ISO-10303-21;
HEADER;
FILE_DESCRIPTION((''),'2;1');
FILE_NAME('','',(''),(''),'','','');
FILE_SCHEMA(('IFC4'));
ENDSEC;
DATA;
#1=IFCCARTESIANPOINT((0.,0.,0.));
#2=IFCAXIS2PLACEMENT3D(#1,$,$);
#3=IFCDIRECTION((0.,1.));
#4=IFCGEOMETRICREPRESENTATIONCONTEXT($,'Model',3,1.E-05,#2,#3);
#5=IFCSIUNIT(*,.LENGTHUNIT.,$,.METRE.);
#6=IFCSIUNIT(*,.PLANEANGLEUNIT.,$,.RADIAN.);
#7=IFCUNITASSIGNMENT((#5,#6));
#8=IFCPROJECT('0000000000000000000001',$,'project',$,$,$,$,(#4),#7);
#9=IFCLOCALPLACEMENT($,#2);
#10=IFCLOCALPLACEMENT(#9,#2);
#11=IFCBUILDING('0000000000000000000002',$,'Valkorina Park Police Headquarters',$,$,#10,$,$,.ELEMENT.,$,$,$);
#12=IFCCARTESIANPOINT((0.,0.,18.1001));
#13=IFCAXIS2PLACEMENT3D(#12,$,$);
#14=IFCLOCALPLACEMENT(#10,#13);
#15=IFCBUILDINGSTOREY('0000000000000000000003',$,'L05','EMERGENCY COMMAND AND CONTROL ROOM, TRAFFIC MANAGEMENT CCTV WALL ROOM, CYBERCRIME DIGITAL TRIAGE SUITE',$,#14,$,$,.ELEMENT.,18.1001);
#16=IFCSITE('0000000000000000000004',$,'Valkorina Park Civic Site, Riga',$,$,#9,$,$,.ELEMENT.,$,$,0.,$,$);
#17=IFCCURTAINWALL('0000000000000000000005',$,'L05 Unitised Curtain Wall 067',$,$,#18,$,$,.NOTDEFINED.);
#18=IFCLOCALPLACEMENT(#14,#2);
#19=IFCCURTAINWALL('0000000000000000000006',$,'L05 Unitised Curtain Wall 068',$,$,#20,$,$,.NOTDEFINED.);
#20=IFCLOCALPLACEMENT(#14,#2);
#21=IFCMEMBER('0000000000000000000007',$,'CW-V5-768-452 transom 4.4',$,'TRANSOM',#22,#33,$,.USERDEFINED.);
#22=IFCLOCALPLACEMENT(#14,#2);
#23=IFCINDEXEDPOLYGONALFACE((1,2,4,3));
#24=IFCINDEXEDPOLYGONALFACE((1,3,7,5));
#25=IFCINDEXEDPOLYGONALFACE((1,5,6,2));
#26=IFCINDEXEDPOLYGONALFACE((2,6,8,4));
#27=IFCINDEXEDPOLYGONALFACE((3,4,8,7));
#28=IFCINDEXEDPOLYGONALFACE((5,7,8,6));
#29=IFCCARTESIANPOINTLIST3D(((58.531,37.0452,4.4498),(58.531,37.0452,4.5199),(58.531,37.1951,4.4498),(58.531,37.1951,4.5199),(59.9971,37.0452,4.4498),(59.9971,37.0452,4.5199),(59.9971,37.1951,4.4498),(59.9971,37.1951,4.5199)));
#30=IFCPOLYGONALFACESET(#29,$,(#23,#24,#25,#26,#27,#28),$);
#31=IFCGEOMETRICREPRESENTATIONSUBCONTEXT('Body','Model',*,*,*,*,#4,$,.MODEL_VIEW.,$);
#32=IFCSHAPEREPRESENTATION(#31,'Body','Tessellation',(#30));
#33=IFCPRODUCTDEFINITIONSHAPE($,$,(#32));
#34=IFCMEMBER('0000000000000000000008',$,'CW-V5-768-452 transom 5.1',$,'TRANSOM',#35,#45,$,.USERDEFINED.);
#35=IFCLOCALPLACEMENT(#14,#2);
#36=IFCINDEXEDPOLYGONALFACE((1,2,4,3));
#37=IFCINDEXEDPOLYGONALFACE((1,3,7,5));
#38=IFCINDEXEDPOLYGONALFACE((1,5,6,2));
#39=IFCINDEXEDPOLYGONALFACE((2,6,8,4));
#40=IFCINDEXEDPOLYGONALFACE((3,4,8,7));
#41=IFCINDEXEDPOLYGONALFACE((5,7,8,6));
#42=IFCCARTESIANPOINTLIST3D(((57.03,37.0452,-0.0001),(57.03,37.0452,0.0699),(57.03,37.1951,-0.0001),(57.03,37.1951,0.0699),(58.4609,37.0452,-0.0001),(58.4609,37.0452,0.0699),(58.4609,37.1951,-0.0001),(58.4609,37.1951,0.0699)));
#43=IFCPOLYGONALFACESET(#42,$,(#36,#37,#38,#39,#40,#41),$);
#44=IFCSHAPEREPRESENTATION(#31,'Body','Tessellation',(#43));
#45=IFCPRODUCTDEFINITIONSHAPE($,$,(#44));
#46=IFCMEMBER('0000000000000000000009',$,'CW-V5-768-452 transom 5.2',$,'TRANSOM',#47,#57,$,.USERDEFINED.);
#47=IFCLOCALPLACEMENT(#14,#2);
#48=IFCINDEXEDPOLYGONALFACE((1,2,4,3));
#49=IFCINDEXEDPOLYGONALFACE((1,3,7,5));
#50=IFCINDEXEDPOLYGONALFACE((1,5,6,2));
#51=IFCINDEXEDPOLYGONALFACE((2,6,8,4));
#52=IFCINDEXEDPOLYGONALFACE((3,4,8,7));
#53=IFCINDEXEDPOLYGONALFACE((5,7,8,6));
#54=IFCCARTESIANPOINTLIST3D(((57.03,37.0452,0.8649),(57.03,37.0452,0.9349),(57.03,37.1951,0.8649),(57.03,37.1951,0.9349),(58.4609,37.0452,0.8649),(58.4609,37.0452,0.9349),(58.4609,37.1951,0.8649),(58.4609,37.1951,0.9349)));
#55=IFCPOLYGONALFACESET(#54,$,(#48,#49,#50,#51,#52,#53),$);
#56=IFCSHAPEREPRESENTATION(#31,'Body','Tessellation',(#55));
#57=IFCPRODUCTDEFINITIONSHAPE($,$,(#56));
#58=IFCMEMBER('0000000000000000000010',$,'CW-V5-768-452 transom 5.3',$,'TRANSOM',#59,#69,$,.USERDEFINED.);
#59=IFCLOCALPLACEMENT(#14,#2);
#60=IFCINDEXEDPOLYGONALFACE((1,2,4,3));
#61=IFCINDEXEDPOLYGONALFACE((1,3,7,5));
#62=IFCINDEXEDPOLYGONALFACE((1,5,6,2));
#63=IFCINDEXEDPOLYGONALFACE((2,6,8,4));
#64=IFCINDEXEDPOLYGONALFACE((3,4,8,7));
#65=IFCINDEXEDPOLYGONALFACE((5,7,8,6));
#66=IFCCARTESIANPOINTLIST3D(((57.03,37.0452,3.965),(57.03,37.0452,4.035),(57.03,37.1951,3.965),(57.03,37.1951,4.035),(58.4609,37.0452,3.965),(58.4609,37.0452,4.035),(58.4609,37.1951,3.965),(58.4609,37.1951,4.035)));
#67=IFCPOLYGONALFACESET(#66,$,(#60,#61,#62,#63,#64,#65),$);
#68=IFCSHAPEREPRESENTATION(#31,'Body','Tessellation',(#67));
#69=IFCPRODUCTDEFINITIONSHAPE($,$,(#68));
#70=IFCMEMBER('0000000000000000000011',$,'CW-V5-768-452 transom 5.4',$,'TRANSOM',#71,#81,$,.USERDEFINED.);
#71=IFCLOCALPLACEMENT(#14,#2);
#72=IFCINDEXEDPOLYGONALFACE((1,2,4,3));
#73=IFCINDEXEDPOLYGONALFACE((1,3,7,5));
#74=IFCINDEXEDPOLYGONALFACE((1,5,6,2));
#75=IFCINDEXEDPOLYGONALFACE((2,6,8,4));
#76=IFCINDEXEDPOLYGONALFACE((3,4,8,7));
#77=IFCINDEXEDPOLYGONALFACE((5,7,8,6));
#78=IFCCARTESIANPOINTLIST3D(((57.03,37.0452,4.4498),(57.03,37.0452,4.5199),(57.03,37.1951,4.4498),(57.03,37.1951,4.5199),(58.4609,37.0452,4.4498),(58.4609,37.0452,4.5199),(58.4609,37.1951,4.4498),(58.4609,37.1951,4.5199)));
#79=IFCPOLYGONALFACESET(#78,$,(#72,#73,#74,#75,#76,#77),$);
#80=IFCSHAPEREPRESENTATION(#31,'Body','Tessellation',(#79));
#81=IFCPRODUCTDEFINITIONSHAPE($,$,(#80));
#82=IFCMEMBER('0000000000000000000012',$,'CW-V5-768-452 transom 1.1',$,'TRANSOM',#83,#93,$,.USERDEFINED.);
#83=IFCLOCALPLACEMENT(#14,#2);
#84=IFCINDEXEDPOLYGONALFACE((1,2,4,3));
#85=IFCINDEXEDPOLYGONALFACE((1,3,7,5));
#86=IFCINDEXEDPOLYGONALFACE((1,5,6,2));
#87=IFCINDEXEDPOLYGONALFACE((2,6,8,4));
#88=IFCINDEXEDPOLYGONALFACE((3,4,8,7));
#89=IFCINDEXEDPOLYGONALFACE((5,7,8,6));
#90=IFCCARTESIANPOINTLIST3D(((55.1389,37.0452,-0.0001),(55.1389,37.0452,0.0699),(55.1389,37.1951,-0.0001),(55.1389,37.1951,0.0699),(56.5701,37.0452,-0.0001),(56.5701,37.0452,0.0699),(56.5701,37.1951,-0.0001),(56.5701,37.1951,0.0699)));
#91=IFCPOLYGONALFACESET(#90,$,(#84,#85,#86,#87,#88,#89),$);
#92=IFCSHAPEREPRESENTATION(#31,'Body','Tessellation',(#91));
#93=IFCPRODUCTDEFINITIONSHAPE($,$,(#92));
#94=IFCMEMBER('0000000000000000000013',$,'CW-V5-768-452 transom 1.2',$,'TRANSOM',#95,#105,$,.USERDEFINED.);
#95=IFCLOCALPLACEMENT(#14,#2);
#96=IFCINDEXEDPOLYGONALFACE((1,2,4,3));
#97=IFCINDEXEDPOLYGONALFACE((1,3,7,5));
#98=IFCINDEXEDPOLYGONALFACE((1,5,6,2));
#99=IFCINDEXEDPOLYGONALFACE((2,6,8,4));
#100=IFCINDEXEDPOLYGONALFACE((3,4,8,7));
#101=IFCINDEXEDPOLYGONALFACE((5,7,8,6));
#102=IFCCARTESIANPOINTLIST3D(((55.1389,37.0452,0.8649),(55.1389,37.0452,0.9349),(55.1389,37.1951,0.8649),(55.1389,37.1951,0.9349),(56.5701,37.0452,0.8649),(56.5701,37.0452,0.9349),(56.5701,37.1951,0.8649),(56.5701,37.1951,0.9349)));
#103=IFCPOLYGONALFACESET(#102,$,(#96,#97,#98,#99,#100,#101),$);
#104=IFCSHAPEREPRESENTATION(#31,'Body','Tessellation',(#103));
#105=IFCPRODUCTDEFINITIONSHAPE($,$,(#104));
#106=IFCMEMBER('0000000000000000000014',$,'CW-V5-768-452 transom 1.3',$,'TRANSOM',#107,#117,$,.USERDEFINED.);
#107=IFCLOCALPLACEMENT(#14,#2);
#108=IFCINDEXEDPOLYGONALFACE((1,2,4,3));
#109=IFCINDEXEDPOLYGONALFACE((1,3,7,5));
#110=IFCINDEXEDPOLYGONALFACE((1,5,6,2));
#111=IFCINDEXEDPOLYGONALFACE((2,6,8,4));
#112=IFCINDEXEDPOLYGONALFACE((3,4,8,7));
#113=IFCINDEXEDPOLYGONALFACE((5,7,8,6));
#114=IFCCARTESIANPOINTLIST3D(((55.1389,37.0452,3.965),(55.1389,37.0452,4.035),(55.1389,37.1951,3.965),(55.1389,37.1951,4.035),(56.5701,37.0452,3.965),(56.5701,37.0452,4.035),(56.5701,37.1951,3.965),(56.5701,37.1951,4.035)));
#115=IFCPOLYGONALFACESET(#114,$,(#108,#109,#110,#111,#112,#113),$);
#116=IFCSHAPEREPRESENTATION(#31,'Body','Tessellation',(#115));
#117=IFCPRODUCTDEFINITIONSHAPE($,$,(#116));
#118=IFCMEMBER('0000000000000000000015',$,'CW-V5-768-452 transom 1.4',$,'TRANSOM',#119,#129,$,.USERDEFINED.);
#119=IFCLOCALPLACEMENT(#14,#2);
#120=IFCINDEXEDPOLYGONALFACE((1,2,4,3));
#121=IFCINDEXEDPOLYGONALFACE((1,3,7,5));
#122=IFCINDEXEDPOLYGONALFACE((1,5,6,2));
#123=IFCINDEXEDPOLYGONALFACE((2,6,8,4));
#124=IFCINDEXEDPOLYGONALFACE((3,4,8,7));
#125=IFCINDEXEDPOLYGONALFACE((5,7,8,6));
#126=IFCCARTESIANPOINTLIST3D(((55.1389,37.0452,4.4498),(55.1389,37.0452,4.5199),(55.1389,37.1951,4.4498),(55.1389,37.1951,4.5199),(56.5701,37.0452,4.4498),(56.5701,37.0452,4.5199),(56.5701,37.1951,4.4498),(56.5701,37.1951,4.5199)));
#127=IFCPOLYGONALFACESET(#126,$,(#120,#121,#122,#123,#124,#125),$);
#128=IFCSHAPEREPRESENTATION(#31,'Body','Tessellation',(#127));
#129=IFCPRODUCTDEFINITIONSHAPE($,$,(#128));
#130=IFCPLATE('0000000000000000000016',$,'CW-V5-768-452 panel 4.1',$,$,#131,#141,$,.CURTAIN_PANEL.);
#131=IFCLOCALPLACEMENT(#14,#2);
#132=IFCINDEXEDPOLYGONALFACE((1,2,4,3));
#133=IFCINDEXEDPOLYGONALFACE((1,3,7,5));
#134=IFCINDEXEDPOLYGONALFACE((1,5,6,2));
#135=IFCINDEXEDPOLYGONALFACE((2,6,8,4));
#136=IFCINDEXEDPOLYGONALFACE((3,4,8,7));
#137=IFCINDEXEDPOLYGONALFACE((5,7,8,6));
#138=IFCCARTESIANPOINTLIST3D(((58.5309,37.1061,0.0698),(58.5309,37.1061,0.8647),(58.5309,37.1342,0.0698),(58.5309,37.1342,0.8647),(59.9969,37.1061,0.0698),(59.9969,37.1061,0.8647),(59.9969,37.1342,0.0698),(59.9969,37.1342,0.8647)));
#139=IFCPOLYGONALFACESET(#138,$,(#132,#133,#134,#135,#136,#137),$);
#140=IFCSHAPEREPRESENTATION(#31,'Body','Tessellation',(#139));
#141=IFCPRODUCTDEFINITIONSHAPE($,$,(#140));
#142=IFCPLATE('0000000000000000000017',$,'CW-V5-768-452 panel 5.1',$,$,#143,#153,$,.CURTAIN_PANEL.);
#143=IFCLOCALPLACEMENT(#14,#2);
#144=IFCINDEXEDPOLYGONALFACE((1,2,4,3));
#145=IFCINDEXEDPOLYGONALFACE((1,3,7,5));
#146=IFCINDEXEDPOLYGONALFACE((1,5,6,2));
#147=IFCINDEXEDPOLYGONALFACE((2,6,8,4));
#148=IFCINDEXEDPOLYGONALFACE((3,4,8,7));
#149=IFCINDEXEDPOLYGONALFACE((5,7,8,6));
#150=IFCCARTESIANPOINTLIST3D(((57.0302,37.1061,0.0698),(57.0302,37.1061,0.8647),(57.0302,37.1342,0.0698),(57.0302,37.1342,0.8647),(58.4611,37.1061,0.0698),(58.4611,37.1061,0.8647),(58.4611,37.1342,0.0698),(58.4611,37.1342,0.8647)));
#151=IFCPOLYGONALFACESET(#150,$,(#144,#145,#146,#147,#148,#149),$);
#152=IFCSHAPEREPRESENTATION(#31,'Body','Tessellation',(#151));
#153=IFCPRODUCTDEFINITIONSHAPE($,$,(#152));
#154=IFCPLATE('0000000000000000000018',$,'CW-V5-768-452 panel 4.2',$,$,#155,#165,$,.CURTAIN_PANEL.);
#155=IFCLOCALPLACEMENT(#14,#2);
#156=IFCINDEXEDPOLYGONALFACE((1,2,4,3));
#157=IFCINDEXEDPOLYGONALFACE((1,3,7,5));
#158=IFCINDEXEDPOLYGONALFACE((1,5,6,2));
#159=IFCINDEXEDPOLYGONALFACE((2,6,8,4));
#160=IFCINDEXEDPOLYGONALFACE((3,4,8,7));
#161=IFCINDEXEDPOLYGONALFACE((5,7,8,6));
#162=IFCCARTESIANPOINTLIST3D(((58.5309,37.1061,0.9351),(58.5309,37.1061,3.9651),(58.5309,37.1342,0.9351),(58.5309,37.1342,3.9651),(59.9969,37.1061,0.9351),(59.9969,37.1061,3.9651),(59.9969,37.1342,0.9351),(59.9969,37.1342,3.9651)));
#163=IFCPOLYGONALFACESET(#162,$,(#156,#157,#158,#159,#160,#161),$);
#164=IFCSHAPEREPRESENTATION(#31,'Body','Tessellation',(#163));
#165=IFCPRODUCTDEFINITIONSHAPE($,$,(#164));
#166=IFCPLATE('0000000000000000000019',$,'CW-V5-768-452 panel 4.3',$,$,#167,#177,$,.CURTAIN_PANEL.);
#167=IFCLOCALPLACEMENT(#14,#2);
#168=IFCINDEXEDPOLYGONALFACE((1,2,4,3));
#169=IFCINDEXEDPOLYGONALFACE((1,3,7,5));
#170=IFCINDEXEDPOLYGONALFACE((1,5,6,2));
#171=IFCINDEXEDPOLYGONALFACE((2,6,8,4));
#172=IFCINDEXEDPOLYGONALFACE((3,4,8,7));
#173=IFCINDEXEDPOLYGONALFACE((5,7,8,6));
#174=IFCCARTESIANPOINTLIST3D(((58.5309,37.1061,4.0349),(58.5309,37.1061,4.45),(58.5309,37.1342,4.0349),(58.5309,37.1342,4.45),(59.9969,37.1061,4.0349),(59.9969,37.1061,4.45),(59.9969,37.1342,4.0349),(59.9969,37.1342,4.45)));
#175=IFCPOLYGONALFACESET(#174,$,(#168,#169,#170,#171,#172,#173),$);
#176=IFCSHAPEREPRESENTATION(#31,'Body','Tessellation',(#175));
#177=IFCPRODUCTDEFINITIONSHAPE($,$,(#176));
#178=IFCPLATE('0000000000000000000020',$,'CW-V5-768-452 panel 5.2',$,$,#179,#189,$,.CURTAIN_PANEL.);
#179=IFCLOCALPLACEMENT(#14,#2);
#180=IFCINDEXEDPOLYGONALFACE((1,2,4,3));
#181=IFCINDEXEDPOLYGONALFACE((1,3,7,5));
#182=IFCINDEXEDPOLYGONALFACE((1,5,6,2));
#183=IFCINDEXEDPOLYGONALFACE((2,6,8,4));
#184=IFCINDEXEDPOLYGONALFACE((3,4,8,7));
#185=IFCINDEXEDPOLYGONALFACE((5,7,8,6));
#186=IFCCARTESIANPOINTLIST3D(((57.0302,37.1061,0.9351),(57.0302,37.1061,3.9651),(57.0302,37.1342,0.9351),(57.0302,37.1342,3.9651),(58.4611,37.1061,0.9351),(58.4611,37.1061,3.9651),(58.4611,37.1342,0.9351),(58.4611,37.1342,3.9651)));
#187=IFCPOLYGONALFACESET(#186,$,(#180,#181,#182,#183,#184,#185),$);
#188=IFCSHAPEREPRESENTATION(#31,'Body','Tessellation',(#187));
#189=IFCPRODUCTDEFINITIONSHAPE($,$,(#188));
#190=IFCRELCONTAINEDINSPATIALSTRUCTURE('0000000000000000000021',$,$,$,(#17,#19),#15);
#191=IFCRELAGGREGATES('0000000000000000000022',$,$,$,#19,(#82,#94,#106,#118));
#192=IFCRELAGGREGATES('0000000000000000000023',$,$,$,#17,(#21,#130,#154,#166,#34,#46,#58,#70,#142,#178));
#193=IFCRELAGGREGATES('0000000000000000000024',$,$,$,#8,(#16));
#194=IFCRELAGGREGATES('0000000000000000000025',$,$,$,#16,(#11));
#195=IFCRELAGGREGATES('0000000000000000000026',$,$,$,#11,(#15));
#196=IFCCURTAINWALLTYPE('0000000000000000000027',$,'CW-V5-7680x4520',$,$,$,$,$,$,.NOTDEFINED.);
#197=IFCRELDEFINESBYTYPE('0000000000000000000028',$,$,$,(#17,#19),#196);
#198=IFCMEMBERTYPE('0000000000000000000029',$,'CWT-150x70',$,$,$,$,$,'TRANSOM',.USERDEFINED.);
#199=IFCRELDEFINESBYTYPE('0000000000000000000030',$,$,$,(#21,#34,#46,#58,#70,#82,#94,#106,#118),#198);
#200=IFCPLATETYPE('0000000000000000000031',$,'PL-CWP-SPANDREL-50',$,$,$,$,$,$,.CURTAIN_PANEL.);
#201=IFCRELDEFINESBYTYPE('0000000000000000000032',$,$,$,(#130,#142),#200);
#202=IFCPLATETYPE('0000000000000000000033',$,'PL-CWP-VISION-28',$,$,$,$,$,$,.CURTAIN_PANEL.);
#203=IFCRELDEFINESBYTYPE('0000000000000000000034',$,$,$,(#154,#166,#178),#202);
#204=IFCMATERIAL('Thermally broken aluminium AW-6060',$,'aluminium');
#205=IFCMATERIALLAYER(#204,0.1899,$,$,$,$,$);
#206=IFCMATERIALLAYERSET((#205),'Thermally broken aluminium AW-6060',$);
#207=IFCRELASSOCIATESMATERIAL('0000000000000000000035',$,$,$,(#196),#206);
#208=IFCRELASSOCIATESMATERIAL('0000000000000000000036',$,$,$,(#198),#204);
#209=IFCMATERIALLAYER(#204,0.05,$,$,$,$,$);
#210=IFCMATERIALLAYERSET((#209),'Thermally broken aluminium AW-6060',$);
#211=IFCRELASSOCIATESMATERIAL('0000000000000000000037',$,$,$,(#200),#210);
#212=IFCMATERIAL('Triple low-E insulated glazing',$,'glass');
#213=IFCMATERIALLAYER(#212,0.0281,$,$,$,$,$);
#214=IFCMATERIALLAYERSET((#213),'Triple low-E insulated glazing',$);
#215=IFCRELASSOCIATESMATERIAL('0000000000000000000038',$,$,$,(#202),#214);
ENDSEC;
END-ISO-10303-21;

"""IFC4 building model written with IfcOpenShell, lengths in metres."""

from ifc_helpers import new_model, si_unit, direction, frame, origin, origin_2d, place, context, subcontext, project, spatial, rectangle, extrude, material, layer, layer_set, material_profile, profile_set, type_object, element, aggregate, save


model = new_model("IFC4")

# Units and contexts
model_context = context("Model", 3, precision=1e-05, world=origin(), true_north=direction((0.0, 1.0)))
body_context = subcontext(model_context, "Body", "Model", "MODEL_VIEW")
ifc_project = project(units=[si_unit("LENGTHUNIT", "METRE"), si_unit("PLANEANGLEUNIT", "RADIAN")], contexts=[model_context])

# Site, building, storey
site_placement = place(None, origin())
site = spatial("IfcSite", under=ifc_project, at=site_placement, Name="Valkorina Park Civic Site, Riga", CompositionType="ELEMENT", RefElevation=0.0)
building_placement = place(site_placement, origin())
building = spatial("IfcBuilding", under=site, at=building_placement, Name="Valkorina Park Police Headquarters", CompositionType="ELEMENT")
storey_placement = place(building_placement, frame((0.0, 0.0, 18.1001)))
storey = spatial("IfcBuildingStorey", under=building, at=storey_placement, Name="L05", Description="EMERGENCY COMMAND AND CONTROL ROOM, TRAFFIC MANAGEMENT CCTV WALL ROOM, CYBERCRIME DIGITAL TRIAGE SUITE", CompositionType="ELEMENT", Elevation=18.1001)

# Curtain wall
ifc_material_1 = material(Name="Thermally broken aluminium AW-6060", Category="aluminium")
ifc_layer_1 = layer(ifc_material_1, 0.1899)
ifc_layer_set_1 = layer_set([ifc_layer_1], Name="Thermally broken aluminium AW-6060")
curtain_wall_type = type_object("IfcCurtainWallType", Name="CW-V5-7680x4520", PredefinedType="NOTDEFINED", material=ifc_layer_set_1)
curtain_wall_1_placement = place(storey_placement, origin())
curtain_wall_1 = element("IfcCurtainWall", 1, at=curtain_wall_1_placement, inside=storey, type_object=curtain_wall_type, Name="L05 Unitised Curtain Wall 067", PredefinedType="NOTDEFINED")

# Curtain wall
curtain_wall_2_placement = place(storey_placement, origin())
curtain_wall_2 = element("IfcCurtainWall", 2, at=curtain_wall_2_placement, inside=storey, type_object=curtain_wall_type, Name="L05 Unitised Curtain Wall 068", PredefinedType="NOTDEFINED")

# Members
ifc_material_profile_1 = material_profile(ifc_material_1, rectangle(XDim=0.1499, YDim=0.0701, at=origin_2d()), Name="CWT-02 150x70")
ifc_profile_set_1 = profile_set([ifc_material_profile_1], Name="Thermally broken aluminium AW-6060")
member_type_1 = type_object("IfcMemberType", Name="CWT-150x70", ElementType="TRANSOM", PredefinedType="USERDEFINED", material=ifc_profile_set_1)
member_1_placement = place(storey_placement, frame((59.9971, 37.1201, 4.4849), z_axis=(-1.0, 0.0, 0.0), x_axis=(0.0, -1.0, 0.0)))
member_1 = element("IfcMember", 3, at=member_1_placement, type_object=member_type_1, Name="CW-V5-768-452 transom 4.4", ObjectType="TRANSOM", PredefinedType="USERDEFINED", context=body_context, shape_type="SweptSolid", body=[
    extrude(rectangle(XDim=0.1499, YDim=0.0701, at=origin_2d()), origin(), (0.0, 0.0, 1.0), 1.4661),
])
member_2_placement = place(storey_placement, frame((58.4609, 37.1201, 0.0349), z_axis=(-1.0, 0.0, 0.0), x_axis=(0.0, -1.0, 0.0)))
member_2 = element("IfcMember", 4, at=member_2_placement, type_object=member_type_1, Name="CW-V5-768-452 transom 5.1", ObjectType="TRANSOM", PredefinedType="USERDEFINED", context=body_context, shape_type="SweptSolid", body=[
    extrude(rectangle(XDim=0.1499, YDim=0.0701, at=origin_2d()), origin(), (0.0, 0.0, 1.0), 1.4309),
])
member_3_placement = place(storey_placement, frame((58.4609, 37.1201, 0.8999), z_axis=(-1.0, 0.0, 0.0), x_axis=(0.0, -1.0, 0.0)))
member_3 = element("IfcMember", 5, at=member_3_placement, type_object=member_type_1, Name="CW-V5-768-452 transom 5.2", ObjectType="TRANSOM", PredefinedType="USERDEFINED", context=body_context, shape_type="SweptSolid", body=[
    extrude(rectangle(XDim=0.1499, YDim=0.0701, at=origin_2d()), origin(), (0.0, 0.0, 1.0), 1.4309),
])
member_4_placement = place(storey_placement, frame((58.4609, 37.1201, 4.0), z_axis=(-1.0, 0.0, 0.0), x_axis=(0.0, -1.0, 0.0)))
member_4 = element("IfcMember", 6, at=member_4_placement, type_object=member_type_1, Name="CW-V5-768-452 transom 5.3", ObjectType="TRANSOM", PredefinedType="USERDEFINED", context=body_context, shape_type="SweptSolid", body=[
    extrude(rectangle(XDim=0.1499, YDim=0.0701, at=origin_2d()), origin(), (0.0, 0.0, 1.0), 1.4309),
])
member_5_placement = place(storey_placement, frame((58.4609, 37.1201, 4.4849), z_axis=(-1.0, 0.0, 0.0), x_axis=(0.0, -1.0, 0.0)))
member_5 = element("IfcMember", 7, at=member_5_placement, type_object=member_type_1, Name="CW-V5-768-452 transom 5.4", ObjectType="TRANSOM", PredefinedType="USERDEFINED", context=body_context, shape_type="SweptSolid", body=[
    extrude(rectangle(XDim=0.1499, YDim=0.0701, at=origin_2d()), origin(), (0.0, 0.0, 1.0), 1.4309),
])
member_6_placement = place(storey_placement, frame((56.5701, 37.1201, 0.0349), z_axis=(-1.0, 0.0, 0.0), x_axis=(0.0, -1.0, 0.0)))
member_6 = element("IfcMember", 8, at=member_6_placement, type_object=member_type_1, Name="CW-V5-768-452 transom 1.1", ObjectType="TRANSOM", PredefinedType="USERDEFINED", context=body_context, shape_type="SweptSolid", body=[
    extrude(rectangle(XDim=0.1499, YDim=0.0701, at=origin_2d()), origin(), (0.0, 0.0, 1.0), 1.4312),
])
member_7_placement = place(storey_placement, frame((56.5701, 37.1201, 0.8999), z_axis=(-1.0, 0.0, 0.0), x_axis=(0.0, -1.0, 0.0)))
member_7 = element("IfcMember", 9, at=member_7_placement, type_object=member_type_1, Name="CW-V5-768-452 transom 1.2", ObjectType="TRANSOM", PredefinedType="USERDEFINED", context=body_context, shape_type="SweptSolid", body=[
    extrude(rectangle(XDim=0.1499, YDim=0.0701, at=origin_2d()), origin(), (0.0, 0.0, 1.0), 1.4312),
])
member_8_placement = place(storey_placement, frame((56.5701, 37.1201, 4.0), z_axis=(-1.0, 0.0, 0.0), x_axis=(0.0, -1.0, 0.0)))
member_8 = element("IfcMember", 10, at=member_8_placement, type_object=member_type_1, Name="CW-V5-768-452 transom 1.3", ObjectType="TRANSOM", PredefinedType="USERDEFINED", context=body_context, shape_type="SweptSolid", body=[
    extrude(rectangle(XDim=0.1499, YDim=0.0701, at=origin_2d()), origin(), (0.0, 0.0, 1.0), 1.4312),
])
member_9_placement = place(storey_placement, frame((56.5701, 37.1201, 4.4849), z_axis=(-1.0, 0.0, 0.0), x_axis=(0.0, -1.0, 0.0)))
member_9 = element("IfcMember", 11, at=member_9_placement, type_object=member_type_1, Name="CW-V5-768-452 transom 1.4", ObjectType="TRANSOM", PredefinedType="USERDEFINED", context=body_context, shape_type="SweptSolid", body=[
    extrude(rectangle(XDim=0.1499, YDim=0.0701, at=origin_2d()), origin(), (0.0, 0.0, 1.0), 1.4312),
])
aggregate(curtain_wall_2, [member_6, member_7, member_8, member_9])

# Plates
ifc_layer_2 = layer(ifc_material_1, 0.05)
ifc_layer_set_2 = layer_set([ifc_layer_2], Name="Thermally broken aluminium AW-6060")
plate_type_1 = type_object("IfcPlateType", Name="PL-CWP-SPANDREL-50", PredefinedType="CURTAIN_PANEL", material=ifc_layer_set_2)
plate_1_placement = place(storey_placement, frame((59.2639, 37.1201, 0.0698), z_axis=(0.0, 0.0, 1.0), x_axis=(-1.0, 0.0, 0.0)))
plate_1 = element("IfcPlate", 12, at=plate_1_placement, type_object=plate_type_1, Name="CW-V5-768-452 panel 4.1", PredefinedType="CURTAIN_PANEL", context=body_context, shape_type="SweptSolid", body=[
    extrude(rectangle(XDim=1.4661, YDim=0.0281, at=origin_2d()), origin(), (0.0, 0.0, 1.0), 0.7949),
])
plate_2_placement = place(storey_placement, frame((57.7456, 37.1201, 0.0698), z_axis=(0.0, 0.0, 1.0), x_axis=(-1.0, 0.0, 0.0)))
plate_2 = element("IfcPlate", 13, at=plate_2_placement, type_object=plate_type_1, Name="CW-V5-768-452 panel 5.1", PredefinedType="CURTAIN_PANEL", context=body_context, shape_type="SweptSolid", body=[
    extrude(rectangle(XDim=1.4309, YDim=0.0281, at=origin_2d()), origin(), (0.0, 0.0, 1.0), 0.7949),
])
ifc_material_2 = material(Name="Triple low-E insulated glazing", Category="glass")
ifc_layer_3 = layer(ifc_material_2, 0.0281)
ifc_layer_set_3 = layer_set([ifc_layer_3], Name="Triple low-E insulated glazing")
plate_type_2 = type_object("IfcPlateType", Name="PL-CWP-VISION-28", PredefinedType="CURTAIN_PANEL", material=ifc_layer_set_3)
plate_3_placement = place(storey_placement, frame((59.2639, 37.1201, 0.9351), z_axis=(0.0, 0.0, 1.0), x_axis=(-1.0, 0.0, 0.0)))
plate_3 = element("IfcPlate", 14, at=plate_3_placement, type_object=plate_type_2, Name="CW-V5-768-452 panel 4.2", PredefinedType="CURTAIN_PANEL", context=body_context, shape_type="SweptSolid", body=[
    extrude(rectangle(XDim=1.4661, YDim=0.0281, at=origin_2d()), origin(), (0.0, 0.0, 1.0), 3.03),
])
plate_4_placement = place(storey_placement, frame((59.2639, 37.1201, 4.0349), z_axis=(0.0, 0.0, 1.0), x_axis=(-1.0, 0.0, 0.0)))
plate_4 = element("IfcPlate", 15, at=plate_4_placement, type_object=plate_type_2, Name="CW-V5-768-452 panel 4.3", PredefinedType="CURTAIN_PANEL", context=body_context, shape_type="SweptSolid", body=[
    extrude(rectangle(XDim=1.4661, YDim=0.0281, at=origin_2d()), origin(), (0.0, 0.0, 1.0), 0.415),
])
plate_5_placement = place(storey_placement, frame((57.7456, 37.1201, 0.9351), z_axis=(0.0, 0.0, 1.0), x_axis=(-1.0, 0.0, 0.0)))
plate_5 = element("IfcPlate", 16, at=plate_5_placement, type_object=plate_type_2, Name="CW-V5-768-452 panel 5.2", PredefinedType="CURTAIN_PANEL", context=body_context, shape_type="SweptSolid", body=[
    extrude(rectangle(XDim=1.4309, YDim=0.0281, at=origin_2d()), origin(), (0.0, 0.0, 1.0), 3.03),
])
aggregate(curtain_wall_1, [member_1, plate_1, plate_3, plate_4, member_2, member_3, member_4, member_5, plate_2, plate_5])

save(model, "model.ifc")
